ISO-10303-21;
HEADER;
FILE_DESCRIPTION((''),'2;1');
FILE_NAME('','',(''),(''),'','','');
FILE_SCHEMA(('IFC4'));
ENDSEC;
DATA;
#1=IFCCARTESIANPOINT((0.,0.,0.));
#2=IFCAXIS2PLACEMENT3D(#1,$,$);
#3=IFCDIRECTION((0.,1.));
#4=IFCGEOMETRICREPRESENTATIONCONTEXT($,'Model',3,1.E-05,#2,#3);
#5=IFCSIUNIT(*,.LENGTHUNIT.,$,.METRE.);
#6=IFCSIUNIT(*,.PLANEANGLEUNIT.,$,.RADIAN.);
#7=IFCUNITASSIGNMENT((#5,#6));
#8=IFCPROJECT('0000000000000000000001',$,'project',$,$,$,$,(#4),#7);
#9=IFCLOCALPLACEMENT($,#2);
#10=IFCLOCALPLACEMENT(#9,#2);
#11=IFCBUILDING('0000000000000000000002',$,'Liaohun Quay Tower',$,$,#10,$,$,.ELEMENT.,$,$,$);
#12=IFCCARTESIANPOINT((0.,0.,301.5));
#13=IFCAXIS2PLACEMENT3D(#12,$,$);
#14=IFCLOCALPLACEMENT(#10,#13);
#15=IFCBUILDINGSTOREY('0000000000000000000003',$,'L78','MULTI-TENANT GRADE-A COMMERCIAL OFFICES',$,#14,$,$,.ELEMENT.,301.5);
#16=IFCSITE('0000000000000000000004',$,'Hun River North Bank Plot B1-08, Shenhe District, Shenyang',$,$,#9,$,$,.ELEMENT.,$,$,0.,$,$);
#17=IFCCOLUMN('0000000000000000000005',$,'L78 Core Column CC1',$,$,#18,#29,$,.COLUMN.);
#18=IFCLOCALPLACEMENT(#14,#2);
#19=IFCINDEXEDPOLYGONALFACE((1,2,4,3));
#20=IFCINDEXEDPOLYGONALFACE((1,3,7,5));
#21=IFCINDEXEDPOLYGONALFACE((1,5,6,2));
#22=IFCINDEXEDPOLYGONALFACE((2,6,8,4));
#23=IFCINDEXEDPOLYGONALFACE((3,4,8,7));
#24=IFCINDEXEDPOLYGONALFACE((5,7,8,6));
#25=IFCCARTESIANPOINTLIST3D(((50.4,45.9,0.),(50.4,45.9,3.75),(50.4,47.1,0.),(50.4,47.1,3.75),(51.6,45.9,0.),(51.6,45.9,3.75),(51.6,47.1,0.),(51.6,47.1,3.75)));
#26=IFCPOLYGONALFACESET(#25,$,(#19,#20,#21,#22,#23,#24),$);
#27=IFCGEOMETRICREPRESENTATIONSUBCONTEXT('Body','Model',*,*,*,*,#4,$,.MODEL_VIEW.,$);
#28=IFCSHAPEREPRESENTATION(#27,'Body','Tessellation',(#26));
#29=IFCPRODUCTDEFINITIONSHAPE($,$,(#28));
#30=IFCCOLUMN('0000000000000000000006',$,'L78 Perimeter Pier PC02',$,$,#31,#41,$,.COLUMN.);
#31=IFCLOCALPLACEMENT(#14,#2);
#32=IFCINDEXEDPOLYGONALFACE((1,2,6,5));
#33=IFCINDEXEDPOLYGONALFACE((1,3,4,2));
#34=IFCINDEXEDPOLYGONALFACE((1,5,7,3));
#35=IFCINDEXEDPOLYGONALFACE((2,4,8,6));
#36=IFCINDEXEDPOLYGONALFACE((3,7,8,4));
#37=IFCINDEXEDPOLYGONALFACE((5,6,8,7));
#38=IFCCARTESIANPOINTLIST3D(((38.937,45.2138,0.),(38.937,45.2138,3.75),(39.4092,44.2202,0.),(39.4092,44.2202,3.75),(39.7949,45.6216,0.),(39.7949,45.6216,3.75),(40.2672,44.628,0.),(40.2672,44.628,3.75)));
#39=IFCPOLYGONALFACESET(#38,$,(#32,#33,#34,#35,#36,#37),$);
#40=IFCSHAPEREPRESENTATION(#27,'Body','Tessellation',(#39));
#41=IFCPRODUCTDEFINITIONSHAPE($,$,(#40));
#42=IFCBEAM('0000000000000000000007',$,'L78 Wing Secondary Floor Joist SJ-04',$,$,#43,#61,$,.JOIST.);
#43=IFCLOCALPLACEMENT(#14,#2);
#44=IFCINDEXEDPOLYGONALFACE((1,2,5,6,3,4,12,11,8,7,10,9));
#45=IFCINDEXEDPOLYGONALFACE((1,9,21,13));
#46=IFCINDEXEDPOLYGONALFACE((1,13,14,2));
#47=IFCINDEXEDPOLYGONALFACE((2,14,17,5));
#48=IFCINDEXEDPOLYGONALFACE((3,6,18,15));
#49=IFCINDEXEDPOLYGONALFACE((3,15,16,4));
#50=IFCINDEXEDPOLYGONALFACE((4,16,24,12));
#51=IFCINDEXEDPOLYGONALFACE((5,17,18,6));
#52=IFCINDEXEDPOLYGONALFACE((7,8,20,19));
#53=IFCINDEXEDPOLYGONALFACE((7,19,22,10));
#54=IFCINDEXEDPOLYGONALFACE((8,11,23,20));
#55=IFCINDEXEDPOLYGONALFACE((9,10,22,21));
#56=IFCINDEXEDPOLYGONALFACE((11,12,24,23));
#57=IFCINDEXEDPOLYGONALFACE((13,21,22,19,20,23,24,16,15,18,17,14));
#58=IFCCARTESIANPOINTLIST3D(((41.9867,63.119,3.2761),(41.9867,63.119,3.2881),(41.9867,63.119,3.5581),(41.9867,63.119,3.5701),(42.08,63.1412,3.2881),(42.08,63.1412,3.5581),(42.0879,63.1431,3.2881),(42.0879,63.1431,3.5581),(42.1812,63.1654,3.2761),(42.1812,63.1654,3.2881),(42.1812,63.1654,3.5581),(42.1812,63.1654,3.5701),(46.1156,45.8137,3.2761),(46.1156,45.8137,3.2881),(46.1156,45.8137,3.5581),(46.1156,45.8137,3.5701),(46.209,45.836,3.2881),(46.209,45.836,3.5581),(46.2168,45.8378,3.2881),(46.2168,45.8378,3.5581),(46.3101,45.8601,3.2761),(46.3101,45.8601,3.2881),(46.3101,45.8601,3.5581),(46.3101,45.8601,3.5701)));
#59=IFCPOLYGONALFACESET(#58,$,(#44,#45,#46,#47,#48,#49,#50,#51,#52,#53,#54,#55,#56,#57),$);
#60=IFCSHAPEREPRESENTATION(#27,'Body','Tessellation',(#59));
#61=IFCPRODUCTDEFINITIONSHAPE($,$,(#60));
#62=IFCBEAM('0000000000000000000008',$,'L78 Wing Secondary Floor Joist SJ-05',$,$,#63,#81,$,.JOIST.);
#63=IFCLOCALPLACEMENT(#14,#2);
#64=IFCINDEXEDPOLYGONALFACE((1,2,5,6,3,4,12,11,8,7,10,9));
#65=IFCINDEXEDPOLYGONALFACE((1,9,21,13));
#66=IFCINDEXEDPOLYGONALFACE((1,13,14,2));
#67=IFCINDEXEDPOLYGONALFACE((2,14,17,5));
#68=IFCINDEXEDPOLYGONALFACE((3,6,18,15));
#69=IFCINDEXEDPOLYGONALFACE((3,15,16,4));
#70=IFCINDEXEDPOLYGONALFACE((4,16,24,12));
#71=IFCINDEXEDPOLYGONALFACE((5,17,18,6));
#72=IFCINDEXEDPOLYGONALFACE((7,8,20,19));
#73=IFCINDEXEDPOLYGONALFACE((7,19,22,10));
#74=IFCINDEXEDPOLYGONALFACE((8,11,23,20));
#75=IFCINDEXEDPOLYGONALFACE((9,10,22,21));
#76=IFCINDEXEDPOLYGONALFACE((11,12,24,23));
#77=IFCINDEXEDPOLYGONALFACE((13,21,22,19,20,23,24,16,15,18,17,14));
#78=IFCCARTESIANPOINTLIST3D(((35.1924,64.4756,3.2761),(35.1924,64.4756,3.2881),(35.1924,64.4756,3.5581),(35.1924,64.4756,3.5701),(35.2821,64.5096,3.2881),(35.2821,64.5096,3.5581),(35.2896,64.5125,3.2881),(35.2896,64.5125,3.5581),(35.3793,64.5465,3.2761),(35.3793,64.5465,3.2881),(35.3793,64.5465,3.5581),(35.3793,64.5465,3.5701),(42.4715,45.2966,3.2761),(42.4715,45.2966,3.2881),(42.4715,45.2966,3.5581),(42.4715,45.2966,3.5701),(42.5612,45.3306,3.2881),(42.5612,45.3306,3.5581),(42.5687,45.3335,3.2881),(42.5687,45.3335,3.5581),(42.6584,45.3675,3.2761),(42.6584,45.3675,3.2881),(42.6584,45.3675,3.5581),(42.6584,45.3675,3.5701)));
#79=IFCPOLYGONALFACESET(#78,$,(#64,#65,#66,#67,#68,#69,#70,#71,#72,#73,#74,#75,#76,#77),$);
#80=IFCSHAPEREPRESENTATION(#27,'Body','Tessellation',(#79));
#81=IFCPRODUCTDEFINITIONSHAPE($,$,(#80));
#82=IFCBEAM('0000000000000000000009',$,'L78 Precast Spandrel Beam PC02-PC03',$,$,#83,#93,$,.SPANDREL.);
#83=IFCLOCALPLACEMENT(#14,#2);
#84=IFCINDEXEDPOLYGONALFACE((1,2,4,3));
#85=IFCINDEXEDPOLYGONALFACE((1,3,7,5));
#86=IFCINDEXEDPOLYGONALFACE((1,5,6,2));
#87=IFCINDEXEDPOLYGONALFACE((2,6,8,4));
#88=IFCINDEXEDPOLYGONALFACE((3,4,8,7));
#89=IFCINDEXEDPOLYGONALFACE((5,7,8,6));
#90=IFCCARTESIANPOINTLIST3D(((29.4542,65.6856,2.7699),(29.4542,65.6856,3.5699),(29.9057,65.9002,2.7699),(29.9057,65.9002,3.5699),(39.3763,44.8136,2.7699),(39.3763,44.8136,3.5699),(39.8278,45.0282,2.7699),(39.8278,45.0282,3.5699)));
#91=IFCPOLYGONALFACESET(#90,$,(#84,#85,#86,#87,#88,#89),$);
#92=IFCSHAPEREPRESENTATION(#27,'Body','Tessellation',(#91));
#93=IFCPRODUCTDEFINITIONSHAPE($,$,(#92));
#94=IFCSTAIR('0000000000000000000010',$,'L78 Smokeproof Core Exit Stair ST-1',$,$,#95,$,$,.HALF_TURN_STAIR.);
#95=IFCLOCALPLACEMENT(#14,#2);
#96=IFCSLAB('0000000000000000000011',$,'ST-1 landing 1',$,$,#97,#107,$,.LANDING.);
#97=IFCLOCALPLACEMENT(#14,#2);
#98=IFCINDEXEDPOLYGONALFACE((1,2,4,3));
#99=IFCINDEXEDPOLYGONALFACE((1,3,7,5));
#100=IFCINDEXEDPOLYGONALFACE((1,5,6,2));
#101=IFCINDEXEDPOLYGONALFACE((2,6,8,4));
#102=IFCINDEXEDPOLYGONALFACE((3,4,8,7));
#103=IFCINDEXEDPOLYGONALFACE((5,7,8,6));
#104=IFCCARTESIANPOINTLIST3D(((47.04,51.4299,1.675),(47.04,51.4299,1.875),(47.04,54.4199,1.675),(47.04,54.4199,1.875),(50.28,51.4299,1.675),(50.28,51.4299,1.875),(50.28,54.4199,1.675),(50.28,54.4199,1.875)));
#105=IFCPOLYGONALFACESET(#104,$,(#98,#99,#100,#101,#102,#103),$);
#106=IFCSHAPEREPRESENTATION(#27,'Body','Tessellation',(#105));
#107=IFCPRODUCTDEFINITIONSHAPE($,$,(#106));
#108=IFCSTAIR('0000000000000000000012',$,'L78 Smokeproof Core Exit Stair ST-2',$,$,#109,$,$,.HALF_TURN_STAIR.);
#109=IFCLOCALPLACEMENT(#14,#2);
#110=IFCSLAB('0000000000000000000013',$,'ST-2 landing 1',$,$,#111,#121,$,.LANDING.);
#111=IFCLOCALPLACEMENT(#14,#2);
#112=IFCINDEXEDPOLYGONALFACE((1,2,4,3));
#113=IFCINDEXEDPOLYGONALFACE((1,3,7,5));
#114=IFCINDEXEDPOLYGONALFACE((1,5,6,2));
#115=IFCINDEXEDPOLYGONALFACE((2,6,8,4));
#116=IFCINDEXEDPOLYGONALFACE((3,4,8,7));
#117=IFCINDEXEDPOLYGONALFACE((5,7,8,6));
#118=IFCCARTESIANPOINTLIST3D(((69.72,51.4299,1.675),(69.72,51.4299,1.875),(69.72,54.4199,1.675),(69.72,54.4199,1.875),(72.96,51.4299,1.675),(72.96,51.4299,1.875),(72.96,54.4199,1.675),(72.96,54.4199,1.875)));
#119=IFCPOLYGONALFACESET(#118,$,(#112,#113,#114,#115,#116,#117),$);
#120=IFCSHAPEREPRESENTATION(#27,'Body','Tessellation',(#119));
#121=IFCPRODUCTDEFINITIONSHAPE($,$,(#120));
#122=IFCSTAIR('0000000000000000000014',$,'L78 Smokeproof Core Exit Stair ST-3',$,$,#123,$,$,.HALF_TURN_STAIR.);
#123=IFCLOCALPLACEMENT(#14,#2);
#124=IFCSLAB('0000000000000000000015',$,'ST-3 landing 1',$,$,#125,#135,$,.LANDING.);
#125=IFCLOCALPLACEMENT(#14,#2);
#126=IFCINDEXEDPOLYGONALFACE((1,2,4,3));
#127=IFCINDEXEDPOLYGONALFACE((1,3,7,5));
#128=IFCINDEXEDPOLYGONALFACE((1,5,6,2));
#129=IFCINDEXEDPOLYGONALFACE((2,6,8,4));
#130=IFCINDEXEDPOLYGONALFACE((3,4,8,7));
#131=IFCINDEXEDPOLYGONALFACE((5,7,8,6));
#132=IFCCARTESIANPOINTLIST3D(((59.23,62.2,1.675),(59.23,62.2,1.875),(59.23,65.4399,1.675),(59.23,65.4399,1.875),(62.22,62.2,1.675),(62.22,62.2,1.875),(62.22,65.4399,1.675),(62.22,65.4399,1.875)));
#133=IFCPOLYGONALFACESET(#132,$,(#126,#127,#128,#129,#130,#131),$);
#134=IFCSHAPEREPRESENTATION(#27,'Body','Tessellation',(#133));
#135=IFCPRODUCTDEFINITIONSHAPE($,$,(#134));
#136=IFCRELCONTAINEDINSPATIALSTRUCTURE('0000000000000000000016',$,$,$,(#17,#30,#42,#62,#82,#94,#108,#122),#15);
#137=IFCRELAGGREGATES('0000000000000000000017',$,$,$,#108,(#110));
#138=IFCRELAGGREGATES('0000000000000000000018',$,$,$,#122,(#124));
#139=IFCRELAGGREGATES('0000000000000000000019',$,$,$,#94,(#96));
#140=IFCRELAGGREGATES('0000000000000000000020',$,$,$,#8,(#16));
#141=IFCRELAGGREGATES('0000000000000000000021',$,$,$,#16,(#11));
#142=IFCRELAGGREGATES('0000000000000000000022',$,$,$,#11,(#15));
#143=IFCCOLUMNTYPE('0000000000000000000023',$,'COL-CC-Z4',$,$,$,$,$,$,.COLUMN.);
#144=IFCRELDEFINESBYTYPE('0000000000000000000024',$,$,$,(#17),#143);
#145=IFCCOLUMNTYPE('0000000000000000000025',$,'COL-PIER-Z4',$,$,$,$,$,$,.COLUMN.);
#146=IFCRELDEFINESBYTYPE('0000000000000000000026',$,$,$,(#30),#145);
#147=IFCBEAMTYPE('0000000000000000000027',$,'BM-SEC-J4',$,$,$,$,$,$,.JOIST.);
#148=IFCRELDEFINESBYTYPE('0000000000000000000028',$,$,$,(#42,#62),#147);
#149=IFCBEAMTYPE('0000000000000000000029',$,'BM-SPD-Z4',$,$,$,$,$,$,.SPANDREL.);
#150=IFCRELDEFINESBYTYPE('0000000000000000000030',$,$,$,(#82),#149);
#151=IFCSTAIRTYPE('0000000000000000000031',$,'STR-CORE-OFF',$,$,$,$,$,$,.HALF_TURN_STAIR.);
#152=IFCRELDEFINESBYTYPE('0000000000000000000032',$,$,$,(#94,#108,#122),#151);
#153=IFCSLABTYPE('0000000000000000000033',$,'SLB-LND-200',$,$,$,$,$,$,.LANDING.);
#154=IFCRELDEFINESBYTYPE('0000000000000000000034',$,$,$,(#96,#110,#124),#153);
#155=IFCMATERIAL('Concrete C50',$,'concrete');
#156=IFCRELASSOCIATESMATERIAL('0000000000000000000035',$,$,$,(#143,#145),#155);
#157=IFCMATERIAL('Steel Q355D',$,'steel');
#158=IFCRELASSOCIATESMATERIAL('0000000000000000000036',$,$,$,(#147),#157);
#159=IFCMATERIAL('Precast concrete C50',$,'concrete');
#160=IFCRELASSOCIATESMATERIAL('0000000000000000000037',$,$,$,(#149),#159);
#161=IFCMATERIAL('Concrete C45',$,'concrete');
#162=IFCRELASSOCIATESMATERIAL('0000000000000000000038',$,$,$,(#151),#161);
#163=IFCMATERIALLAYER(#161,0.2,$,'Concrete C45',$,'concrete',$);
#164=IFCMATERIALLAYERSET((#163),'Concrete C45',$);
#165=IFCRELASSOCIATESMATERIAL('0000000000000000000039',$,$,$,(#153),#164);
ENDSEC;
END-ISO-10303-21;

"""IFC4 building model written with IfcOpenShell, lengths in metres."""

from ifc_helpers import new_model, si_unit, direction, frame, origin, origin_2d, place, context, subcontext, project, spatial, polyline, rectangle, i_section, outline, extrude, source, transform, mapped, material, layer, layer_set, material_profile, profile_set, type_object, element, aggregate, save


model = new_model("IFC4")

# Units and contexts
model_context = context("Model", 3, precision=1e-05, world=origin(), true_north=direction((0.0, 1.0)))
body_context = subcontext(model_context, "Body", "Model", "MODEL_VIEW")
ifc_project = project(units=[si_unit("LENGTHUNIT", "METRE"), si_unit("PLANEANGLEUNIT", "RADIAN")], contexts=[model_context])

# Site, building, storey
site_placement = place(None, origin())
site = spatial("IfcSite", under=ifc_project, at=site_placement, Name="Hun River North Bank Plot B1-08, Shenhe District, Shenyang", CompositionType="ELEMENT", RefElevation=0.0)
building_placement = place(site_placement, origin())
building = spatial("IfcBuilding", under=site, at=building_placement, Name="Liaohun Quay Tower", CompositionType="ELEMENT")
storey_placement = place(building_placement, frame((0.0, 0.0, 301.5)))
storey = spatial("IfcBuildingStorey", under=building, at=storey_placement, Name="L78", Description="MULTI-TENANT GRADE-A COMMERCIAL OFFICES", CompositionType="ELEMENT", Elevation=301.5)

# Columns
ifc_material_1 = material(Name="Concrete C50", Category="concrete")
ifc_material_profile_1 = material_profile(ifc_material_1, rectangle(XDim=1.2, YDim=1.2, at=origin_2d()), Name="RC1200x1200")
ifc_profile_set_1 = profile_set([ifc_material_profile_1], Name="Concrete C50")
column_type_1 = type_object("IfcColumnType", Name="COL-CC-Z4", PredefinedType="COLUMN", material=ifc_profile_set_1)
shared_shape_1 = source(origin(), body_context, "Body", "SweptSolid", [
    extrude(rectangle(XDim=1.2, YDim=1.2, at=origin_2d()), origin(), (0.0, 0.0, 1.0), 3.75),
])
column_1_placement = place(storey_placement, frame((51.0, 46.5, 0.0), z_axis=(0.0, 0.0, 1.0), x_axis=(1.0, 0.0, 0.0)))
element("IfcColumn", 1, at=column_1_placement, inside=storey, type_object=column_type_1, Name="L78 Core Column CC1", PredefinedType="COLUMN", context=body_context, shape_type="MappedRepresentation", body=[
    mapped(shared_shape_1, transform((0.0, 0.0, 0.0), x_axis=(1.0, 0.0, 0.0), y_axis=(0.0, 1.0, 0.0), z_axis=(0.0, 0.0, 1.0), scale=1.0)),
])
ifc_material_profile_2 = material_profile(ifc_material_1, rectangle(XDim=1.1001, YDim=0.95, at=origin_2d()), Name="RC1100x950")
ifc_profile_set_2 = profile_set([ifc_material_profile_2], Name="Concrete C50")
column_type_2 = type_object("IfcColumnType", Name="COL-PIER-Z4", PredefinedType="COLUMN", material=ifc_profile_set_2)
shared_shape_2 = source(origin(), body_context, "Body", "SweptSolid", [
    extrude(rectangle(XDim=1.1001, YDim=0.95, at=origin_2d()), origin(), (0.0, 0.0, 1.0), 3.75),
])
column_2_placement = place(storey_placement, frame((39.6021, 44.9209, 0.0), z_axis=(0.0, 0.0, 1.0), x_axis=(-0.42925, 0.903186, 0.0)))
element("IfcColumn", 2, at=column_2_placement, inside=storey, type_object=column_type_2, Name="L78 Perimeter Pier PC02", PredefinedType="COLUMN", context=body_context, shape_type="MappedRepresentation", body=[
    mapped(shared_shape_2, transform((0.0, 0.0, 0.0), x_axis=(1.0, 0.0, 0.0), y_axis=(0.0, 1.0, 0.0), z_axis=(0.0, 0.0, 1.0), scale=1.0)),
])

# Beams
ifc_material_2 = material(Name="Steel Q355D", Category="steel")
ifc_material_profile_3 = material_profile(ifc_material_2, i_section(OverallWidth=0.2, OverallDepth=0.2939, WebThickness=0.0081, FlangeThickness=0.012, at=origin_2d()), Name="HM294x200x8x12")
ifc_profile_set_3 = profile_set([ifc_material_profile_3], Name="Steel Q355D")
beam_type_1 = type_object("IfcBeamType", Name="BM-SEC-J4", PredefinedType="JOIST", material=ifc_profile_set_3)
shared_shape_3 = source(origin(), body_context, "Body", "SweptSolid", [
    extrude(i_section(OverallWidth=0.2, OverallDepth=0.2939, WebThickness=0.0081, FlangeThickness=0.012, at=origin_2d()), origin(), (0.0, 0.0, 1.0), 17.791),
])
beam_1_placement = place(storey_placement, frame((46.2129, 45.8369, 3.4231), z_axis=(-0.232079, 0.972697, 0.0), x_axis=(-0.972697, -0.232079, 0.0)))
element("IfcBeam", 3, at=beam_1_placement, inside=storey, type_object=beam_type_1, Name="L78 Wing Secondary Floor Joist SJ-04", PredefinedType="JOIST", context=body_context, shape_type="MappedRepresentation", body=[
    mapped(shared_shape_3, transform((0.0, 0.0, 0.0), x_axis=(1.0, 0.0, 0.0), y_axis=(0.0, 1.0, 0.0), z_axis=(0.0, 0.0, 1.0), scale=1.0)),
])
shared_shape_4 = source(origin(), body_context, "Body", "SweptSolid", [
    extrude(i_section(OverallWidth=0.2, OverallDepth=0.2939, WebThickness=0.0081, FlangeThickness=0.012, at=origin_2d()), origin(), (0.0, 0.0, 1.0), 20.5139),
])
beam_2_placement = place(storey_placement, frame((42.5649, 45.332, 3.4231), z_axis=(-0.354836, 0.934928, 0.0), x_axis=(-0.934928, -0.354836, 0.0)))
element("IfcBeam", 4, at=beam_2_placement, inside=storey, type_object=beam_type_1, Name="L78 Wing Secondary Floor Joist SJ-05", PredefinedType="JOIST", context=body_context, shape_type="MappedRepresentation", body=[
    mapped(shared_shape_4, transform((0.0, 0.0, 0.0), x_axis=(1.0, 0.0, 0.0), y_axis=(0.0, 1.0, 0.0), z_axis=(0.0, 0.0, 1.0), scale=1.0)),
])
ifc_material_3 = material(Name="Precast concrete C50", Category="concrete")
ifc_material_profile_4 = material_profile(ifc_material_3, rectangle(XDim=0.5, YDim=0.8, at=origin_2d()), Name="RC500x800")
ifc_profile_set_4 = profile_set([ifc_material_profile_4], Name="Precast concrete C50")
beam_type_2 = type_object("IfcBeamType", Name="BM-SPD-Z4", PredefinedType="SPANDREL", material=ifc_profile_set_4)
shared_shape_5 = source(origin(), body_context, "Body", "SweptSolid", [
    extrude(rectangle(XDim=0.5, YDim=0.8, at=origin_2d()), origin(), (0.0, 0.0, 1.0), 23.1104),
])
beam_3_placement = place(storey_placement, frame((39.6021, 44.9209, 3.1699), z_axis=(-0.429335, 0.903145, 0.0), x_axis=(-0.903145, -0.429335, 0.0)))
element("IfcBeam", 5, at=beam_3_placement, inside=storey, type_object=beam_type_2, Name="L78 Precast Spandrel Beam PC02-PC03", PredefinedType="SPANDREL", context=body_context, shape_type="MappedRepresentation", body=[
    mapped(shared_shape_5, transform((0.0, 0.0, 0.0), x_axis=(1.0, 0.0, 0.0), y_axis=(0.0, 1.0, 0.0), z_axis=(0.0, 0.0, 1.0), scale=1.0)),
])

# Stairs, slabs
ifc_material_4 = material(Name="Concrete C45", Category="concrete")
stair_type = type_object("IfcStairType", Name="STR-CORE-OFF", PredefinedType="HALF_TURN_STAIR", material=ifc_material_4)
stair_1_placement = place(storey_placement, origin())
stair_1 = element("IfcStair", 6, at=stair_1_placement, inside=storey, type_object=stair_type, Name="L78 Smokeproof Core Exit Stair ST-1", PredefinedType="HALF_TURN_STAIR")
ifc_layer_1 = layer(ifc_material_4, 0.2, Name="Concrete C45", Category="concrete")
ifc_layer_set_1 = layer_set([ifc_layer_1], Name="Concrete C45")
slab_type_1 = type_object("IfcSlabType", Name="SLB-LND-200", PredefinedType="LANDING", material=ifc_layer_set_1)
slab_1_placement = place(storey_placement, frame((0.0, 0.0, 1.675)))
slab_1 = element("IfcSlab", 7, at=slab_1_placement, type_object=slab_type_1, Name="ST-1 landing 1", PredefinedType="LANDING", context=body_context, shape_type="SweptSolid", body=[
    extrude(outline(polyline([(50.28, 51.4299), (50.28, 54.4199), (47.04, 54.4199), (47.04, 51.4299), (50.28, 51.4299)])), origin(), (0.0, 0.0, 1.0), 0.2),
])
stair_2_placement = place(storey_placement, origin())
stair_2 = element("IfcStair", 8, at=stair_2_placement, inside=storey, type_object=stair_type, Name="L78 Smokeproof Core Exit Stair ST-2", PredefinedType="HALF_TURN_STAIR")
slab_2_placement = place(storey_placement, frame((0.0, 0.0, 1.675)))
slab_2 = element("IfcSlab", 9, at=slab_2_placement, type_object=slab_type_1, Name="ST-2 landing 1", PredefinedType="LANDING", context=body_context, shape_type="SweptSolid", body=[
    extrude(outline(polyline([(72.96, 51.4299), (72.96, 54.4199), (69.72, 54.4199), (69.72, 51.4299), (72.96, 51.4299)])), origin(), (0.0, 0.0, 1.0), 0.2),
])
aggregate(stair_2, [slab_2])
stair_3_placement = place(storey_placement, origin())
stair_3 = element("IfcStair", 10, at=stair_3_placement, inside=storey, type_object=stair_type, Name="L78 Smokeproof Core Exit Stair ST-3", PredefinedType="HALF_TURN_STAIR")
slab_3_placement = place(storey_placement, frame((0.0, 0.0, 1.675)))
slab_3 = element("IfcSlab", 11, at=slab_3_placement, type_object=slab_type_1, Name="ST-3 landing 1", PredefinedType="LANDING", context=body_context, shape_type="SweptSolid", body=[
    extrude(outline(polyline([(59.23, 62.2), (62.22, 62.2), (62.22, 65.4399), (59.23, 65.4399), (59.23, 62.2)])), origin(), (0.0, 0.0, 1.0), 0.2),
])
aggregate(stair_3, [slab_3])

aggregate(stair_1, [slab_1])

save(model, "model.ifc")
